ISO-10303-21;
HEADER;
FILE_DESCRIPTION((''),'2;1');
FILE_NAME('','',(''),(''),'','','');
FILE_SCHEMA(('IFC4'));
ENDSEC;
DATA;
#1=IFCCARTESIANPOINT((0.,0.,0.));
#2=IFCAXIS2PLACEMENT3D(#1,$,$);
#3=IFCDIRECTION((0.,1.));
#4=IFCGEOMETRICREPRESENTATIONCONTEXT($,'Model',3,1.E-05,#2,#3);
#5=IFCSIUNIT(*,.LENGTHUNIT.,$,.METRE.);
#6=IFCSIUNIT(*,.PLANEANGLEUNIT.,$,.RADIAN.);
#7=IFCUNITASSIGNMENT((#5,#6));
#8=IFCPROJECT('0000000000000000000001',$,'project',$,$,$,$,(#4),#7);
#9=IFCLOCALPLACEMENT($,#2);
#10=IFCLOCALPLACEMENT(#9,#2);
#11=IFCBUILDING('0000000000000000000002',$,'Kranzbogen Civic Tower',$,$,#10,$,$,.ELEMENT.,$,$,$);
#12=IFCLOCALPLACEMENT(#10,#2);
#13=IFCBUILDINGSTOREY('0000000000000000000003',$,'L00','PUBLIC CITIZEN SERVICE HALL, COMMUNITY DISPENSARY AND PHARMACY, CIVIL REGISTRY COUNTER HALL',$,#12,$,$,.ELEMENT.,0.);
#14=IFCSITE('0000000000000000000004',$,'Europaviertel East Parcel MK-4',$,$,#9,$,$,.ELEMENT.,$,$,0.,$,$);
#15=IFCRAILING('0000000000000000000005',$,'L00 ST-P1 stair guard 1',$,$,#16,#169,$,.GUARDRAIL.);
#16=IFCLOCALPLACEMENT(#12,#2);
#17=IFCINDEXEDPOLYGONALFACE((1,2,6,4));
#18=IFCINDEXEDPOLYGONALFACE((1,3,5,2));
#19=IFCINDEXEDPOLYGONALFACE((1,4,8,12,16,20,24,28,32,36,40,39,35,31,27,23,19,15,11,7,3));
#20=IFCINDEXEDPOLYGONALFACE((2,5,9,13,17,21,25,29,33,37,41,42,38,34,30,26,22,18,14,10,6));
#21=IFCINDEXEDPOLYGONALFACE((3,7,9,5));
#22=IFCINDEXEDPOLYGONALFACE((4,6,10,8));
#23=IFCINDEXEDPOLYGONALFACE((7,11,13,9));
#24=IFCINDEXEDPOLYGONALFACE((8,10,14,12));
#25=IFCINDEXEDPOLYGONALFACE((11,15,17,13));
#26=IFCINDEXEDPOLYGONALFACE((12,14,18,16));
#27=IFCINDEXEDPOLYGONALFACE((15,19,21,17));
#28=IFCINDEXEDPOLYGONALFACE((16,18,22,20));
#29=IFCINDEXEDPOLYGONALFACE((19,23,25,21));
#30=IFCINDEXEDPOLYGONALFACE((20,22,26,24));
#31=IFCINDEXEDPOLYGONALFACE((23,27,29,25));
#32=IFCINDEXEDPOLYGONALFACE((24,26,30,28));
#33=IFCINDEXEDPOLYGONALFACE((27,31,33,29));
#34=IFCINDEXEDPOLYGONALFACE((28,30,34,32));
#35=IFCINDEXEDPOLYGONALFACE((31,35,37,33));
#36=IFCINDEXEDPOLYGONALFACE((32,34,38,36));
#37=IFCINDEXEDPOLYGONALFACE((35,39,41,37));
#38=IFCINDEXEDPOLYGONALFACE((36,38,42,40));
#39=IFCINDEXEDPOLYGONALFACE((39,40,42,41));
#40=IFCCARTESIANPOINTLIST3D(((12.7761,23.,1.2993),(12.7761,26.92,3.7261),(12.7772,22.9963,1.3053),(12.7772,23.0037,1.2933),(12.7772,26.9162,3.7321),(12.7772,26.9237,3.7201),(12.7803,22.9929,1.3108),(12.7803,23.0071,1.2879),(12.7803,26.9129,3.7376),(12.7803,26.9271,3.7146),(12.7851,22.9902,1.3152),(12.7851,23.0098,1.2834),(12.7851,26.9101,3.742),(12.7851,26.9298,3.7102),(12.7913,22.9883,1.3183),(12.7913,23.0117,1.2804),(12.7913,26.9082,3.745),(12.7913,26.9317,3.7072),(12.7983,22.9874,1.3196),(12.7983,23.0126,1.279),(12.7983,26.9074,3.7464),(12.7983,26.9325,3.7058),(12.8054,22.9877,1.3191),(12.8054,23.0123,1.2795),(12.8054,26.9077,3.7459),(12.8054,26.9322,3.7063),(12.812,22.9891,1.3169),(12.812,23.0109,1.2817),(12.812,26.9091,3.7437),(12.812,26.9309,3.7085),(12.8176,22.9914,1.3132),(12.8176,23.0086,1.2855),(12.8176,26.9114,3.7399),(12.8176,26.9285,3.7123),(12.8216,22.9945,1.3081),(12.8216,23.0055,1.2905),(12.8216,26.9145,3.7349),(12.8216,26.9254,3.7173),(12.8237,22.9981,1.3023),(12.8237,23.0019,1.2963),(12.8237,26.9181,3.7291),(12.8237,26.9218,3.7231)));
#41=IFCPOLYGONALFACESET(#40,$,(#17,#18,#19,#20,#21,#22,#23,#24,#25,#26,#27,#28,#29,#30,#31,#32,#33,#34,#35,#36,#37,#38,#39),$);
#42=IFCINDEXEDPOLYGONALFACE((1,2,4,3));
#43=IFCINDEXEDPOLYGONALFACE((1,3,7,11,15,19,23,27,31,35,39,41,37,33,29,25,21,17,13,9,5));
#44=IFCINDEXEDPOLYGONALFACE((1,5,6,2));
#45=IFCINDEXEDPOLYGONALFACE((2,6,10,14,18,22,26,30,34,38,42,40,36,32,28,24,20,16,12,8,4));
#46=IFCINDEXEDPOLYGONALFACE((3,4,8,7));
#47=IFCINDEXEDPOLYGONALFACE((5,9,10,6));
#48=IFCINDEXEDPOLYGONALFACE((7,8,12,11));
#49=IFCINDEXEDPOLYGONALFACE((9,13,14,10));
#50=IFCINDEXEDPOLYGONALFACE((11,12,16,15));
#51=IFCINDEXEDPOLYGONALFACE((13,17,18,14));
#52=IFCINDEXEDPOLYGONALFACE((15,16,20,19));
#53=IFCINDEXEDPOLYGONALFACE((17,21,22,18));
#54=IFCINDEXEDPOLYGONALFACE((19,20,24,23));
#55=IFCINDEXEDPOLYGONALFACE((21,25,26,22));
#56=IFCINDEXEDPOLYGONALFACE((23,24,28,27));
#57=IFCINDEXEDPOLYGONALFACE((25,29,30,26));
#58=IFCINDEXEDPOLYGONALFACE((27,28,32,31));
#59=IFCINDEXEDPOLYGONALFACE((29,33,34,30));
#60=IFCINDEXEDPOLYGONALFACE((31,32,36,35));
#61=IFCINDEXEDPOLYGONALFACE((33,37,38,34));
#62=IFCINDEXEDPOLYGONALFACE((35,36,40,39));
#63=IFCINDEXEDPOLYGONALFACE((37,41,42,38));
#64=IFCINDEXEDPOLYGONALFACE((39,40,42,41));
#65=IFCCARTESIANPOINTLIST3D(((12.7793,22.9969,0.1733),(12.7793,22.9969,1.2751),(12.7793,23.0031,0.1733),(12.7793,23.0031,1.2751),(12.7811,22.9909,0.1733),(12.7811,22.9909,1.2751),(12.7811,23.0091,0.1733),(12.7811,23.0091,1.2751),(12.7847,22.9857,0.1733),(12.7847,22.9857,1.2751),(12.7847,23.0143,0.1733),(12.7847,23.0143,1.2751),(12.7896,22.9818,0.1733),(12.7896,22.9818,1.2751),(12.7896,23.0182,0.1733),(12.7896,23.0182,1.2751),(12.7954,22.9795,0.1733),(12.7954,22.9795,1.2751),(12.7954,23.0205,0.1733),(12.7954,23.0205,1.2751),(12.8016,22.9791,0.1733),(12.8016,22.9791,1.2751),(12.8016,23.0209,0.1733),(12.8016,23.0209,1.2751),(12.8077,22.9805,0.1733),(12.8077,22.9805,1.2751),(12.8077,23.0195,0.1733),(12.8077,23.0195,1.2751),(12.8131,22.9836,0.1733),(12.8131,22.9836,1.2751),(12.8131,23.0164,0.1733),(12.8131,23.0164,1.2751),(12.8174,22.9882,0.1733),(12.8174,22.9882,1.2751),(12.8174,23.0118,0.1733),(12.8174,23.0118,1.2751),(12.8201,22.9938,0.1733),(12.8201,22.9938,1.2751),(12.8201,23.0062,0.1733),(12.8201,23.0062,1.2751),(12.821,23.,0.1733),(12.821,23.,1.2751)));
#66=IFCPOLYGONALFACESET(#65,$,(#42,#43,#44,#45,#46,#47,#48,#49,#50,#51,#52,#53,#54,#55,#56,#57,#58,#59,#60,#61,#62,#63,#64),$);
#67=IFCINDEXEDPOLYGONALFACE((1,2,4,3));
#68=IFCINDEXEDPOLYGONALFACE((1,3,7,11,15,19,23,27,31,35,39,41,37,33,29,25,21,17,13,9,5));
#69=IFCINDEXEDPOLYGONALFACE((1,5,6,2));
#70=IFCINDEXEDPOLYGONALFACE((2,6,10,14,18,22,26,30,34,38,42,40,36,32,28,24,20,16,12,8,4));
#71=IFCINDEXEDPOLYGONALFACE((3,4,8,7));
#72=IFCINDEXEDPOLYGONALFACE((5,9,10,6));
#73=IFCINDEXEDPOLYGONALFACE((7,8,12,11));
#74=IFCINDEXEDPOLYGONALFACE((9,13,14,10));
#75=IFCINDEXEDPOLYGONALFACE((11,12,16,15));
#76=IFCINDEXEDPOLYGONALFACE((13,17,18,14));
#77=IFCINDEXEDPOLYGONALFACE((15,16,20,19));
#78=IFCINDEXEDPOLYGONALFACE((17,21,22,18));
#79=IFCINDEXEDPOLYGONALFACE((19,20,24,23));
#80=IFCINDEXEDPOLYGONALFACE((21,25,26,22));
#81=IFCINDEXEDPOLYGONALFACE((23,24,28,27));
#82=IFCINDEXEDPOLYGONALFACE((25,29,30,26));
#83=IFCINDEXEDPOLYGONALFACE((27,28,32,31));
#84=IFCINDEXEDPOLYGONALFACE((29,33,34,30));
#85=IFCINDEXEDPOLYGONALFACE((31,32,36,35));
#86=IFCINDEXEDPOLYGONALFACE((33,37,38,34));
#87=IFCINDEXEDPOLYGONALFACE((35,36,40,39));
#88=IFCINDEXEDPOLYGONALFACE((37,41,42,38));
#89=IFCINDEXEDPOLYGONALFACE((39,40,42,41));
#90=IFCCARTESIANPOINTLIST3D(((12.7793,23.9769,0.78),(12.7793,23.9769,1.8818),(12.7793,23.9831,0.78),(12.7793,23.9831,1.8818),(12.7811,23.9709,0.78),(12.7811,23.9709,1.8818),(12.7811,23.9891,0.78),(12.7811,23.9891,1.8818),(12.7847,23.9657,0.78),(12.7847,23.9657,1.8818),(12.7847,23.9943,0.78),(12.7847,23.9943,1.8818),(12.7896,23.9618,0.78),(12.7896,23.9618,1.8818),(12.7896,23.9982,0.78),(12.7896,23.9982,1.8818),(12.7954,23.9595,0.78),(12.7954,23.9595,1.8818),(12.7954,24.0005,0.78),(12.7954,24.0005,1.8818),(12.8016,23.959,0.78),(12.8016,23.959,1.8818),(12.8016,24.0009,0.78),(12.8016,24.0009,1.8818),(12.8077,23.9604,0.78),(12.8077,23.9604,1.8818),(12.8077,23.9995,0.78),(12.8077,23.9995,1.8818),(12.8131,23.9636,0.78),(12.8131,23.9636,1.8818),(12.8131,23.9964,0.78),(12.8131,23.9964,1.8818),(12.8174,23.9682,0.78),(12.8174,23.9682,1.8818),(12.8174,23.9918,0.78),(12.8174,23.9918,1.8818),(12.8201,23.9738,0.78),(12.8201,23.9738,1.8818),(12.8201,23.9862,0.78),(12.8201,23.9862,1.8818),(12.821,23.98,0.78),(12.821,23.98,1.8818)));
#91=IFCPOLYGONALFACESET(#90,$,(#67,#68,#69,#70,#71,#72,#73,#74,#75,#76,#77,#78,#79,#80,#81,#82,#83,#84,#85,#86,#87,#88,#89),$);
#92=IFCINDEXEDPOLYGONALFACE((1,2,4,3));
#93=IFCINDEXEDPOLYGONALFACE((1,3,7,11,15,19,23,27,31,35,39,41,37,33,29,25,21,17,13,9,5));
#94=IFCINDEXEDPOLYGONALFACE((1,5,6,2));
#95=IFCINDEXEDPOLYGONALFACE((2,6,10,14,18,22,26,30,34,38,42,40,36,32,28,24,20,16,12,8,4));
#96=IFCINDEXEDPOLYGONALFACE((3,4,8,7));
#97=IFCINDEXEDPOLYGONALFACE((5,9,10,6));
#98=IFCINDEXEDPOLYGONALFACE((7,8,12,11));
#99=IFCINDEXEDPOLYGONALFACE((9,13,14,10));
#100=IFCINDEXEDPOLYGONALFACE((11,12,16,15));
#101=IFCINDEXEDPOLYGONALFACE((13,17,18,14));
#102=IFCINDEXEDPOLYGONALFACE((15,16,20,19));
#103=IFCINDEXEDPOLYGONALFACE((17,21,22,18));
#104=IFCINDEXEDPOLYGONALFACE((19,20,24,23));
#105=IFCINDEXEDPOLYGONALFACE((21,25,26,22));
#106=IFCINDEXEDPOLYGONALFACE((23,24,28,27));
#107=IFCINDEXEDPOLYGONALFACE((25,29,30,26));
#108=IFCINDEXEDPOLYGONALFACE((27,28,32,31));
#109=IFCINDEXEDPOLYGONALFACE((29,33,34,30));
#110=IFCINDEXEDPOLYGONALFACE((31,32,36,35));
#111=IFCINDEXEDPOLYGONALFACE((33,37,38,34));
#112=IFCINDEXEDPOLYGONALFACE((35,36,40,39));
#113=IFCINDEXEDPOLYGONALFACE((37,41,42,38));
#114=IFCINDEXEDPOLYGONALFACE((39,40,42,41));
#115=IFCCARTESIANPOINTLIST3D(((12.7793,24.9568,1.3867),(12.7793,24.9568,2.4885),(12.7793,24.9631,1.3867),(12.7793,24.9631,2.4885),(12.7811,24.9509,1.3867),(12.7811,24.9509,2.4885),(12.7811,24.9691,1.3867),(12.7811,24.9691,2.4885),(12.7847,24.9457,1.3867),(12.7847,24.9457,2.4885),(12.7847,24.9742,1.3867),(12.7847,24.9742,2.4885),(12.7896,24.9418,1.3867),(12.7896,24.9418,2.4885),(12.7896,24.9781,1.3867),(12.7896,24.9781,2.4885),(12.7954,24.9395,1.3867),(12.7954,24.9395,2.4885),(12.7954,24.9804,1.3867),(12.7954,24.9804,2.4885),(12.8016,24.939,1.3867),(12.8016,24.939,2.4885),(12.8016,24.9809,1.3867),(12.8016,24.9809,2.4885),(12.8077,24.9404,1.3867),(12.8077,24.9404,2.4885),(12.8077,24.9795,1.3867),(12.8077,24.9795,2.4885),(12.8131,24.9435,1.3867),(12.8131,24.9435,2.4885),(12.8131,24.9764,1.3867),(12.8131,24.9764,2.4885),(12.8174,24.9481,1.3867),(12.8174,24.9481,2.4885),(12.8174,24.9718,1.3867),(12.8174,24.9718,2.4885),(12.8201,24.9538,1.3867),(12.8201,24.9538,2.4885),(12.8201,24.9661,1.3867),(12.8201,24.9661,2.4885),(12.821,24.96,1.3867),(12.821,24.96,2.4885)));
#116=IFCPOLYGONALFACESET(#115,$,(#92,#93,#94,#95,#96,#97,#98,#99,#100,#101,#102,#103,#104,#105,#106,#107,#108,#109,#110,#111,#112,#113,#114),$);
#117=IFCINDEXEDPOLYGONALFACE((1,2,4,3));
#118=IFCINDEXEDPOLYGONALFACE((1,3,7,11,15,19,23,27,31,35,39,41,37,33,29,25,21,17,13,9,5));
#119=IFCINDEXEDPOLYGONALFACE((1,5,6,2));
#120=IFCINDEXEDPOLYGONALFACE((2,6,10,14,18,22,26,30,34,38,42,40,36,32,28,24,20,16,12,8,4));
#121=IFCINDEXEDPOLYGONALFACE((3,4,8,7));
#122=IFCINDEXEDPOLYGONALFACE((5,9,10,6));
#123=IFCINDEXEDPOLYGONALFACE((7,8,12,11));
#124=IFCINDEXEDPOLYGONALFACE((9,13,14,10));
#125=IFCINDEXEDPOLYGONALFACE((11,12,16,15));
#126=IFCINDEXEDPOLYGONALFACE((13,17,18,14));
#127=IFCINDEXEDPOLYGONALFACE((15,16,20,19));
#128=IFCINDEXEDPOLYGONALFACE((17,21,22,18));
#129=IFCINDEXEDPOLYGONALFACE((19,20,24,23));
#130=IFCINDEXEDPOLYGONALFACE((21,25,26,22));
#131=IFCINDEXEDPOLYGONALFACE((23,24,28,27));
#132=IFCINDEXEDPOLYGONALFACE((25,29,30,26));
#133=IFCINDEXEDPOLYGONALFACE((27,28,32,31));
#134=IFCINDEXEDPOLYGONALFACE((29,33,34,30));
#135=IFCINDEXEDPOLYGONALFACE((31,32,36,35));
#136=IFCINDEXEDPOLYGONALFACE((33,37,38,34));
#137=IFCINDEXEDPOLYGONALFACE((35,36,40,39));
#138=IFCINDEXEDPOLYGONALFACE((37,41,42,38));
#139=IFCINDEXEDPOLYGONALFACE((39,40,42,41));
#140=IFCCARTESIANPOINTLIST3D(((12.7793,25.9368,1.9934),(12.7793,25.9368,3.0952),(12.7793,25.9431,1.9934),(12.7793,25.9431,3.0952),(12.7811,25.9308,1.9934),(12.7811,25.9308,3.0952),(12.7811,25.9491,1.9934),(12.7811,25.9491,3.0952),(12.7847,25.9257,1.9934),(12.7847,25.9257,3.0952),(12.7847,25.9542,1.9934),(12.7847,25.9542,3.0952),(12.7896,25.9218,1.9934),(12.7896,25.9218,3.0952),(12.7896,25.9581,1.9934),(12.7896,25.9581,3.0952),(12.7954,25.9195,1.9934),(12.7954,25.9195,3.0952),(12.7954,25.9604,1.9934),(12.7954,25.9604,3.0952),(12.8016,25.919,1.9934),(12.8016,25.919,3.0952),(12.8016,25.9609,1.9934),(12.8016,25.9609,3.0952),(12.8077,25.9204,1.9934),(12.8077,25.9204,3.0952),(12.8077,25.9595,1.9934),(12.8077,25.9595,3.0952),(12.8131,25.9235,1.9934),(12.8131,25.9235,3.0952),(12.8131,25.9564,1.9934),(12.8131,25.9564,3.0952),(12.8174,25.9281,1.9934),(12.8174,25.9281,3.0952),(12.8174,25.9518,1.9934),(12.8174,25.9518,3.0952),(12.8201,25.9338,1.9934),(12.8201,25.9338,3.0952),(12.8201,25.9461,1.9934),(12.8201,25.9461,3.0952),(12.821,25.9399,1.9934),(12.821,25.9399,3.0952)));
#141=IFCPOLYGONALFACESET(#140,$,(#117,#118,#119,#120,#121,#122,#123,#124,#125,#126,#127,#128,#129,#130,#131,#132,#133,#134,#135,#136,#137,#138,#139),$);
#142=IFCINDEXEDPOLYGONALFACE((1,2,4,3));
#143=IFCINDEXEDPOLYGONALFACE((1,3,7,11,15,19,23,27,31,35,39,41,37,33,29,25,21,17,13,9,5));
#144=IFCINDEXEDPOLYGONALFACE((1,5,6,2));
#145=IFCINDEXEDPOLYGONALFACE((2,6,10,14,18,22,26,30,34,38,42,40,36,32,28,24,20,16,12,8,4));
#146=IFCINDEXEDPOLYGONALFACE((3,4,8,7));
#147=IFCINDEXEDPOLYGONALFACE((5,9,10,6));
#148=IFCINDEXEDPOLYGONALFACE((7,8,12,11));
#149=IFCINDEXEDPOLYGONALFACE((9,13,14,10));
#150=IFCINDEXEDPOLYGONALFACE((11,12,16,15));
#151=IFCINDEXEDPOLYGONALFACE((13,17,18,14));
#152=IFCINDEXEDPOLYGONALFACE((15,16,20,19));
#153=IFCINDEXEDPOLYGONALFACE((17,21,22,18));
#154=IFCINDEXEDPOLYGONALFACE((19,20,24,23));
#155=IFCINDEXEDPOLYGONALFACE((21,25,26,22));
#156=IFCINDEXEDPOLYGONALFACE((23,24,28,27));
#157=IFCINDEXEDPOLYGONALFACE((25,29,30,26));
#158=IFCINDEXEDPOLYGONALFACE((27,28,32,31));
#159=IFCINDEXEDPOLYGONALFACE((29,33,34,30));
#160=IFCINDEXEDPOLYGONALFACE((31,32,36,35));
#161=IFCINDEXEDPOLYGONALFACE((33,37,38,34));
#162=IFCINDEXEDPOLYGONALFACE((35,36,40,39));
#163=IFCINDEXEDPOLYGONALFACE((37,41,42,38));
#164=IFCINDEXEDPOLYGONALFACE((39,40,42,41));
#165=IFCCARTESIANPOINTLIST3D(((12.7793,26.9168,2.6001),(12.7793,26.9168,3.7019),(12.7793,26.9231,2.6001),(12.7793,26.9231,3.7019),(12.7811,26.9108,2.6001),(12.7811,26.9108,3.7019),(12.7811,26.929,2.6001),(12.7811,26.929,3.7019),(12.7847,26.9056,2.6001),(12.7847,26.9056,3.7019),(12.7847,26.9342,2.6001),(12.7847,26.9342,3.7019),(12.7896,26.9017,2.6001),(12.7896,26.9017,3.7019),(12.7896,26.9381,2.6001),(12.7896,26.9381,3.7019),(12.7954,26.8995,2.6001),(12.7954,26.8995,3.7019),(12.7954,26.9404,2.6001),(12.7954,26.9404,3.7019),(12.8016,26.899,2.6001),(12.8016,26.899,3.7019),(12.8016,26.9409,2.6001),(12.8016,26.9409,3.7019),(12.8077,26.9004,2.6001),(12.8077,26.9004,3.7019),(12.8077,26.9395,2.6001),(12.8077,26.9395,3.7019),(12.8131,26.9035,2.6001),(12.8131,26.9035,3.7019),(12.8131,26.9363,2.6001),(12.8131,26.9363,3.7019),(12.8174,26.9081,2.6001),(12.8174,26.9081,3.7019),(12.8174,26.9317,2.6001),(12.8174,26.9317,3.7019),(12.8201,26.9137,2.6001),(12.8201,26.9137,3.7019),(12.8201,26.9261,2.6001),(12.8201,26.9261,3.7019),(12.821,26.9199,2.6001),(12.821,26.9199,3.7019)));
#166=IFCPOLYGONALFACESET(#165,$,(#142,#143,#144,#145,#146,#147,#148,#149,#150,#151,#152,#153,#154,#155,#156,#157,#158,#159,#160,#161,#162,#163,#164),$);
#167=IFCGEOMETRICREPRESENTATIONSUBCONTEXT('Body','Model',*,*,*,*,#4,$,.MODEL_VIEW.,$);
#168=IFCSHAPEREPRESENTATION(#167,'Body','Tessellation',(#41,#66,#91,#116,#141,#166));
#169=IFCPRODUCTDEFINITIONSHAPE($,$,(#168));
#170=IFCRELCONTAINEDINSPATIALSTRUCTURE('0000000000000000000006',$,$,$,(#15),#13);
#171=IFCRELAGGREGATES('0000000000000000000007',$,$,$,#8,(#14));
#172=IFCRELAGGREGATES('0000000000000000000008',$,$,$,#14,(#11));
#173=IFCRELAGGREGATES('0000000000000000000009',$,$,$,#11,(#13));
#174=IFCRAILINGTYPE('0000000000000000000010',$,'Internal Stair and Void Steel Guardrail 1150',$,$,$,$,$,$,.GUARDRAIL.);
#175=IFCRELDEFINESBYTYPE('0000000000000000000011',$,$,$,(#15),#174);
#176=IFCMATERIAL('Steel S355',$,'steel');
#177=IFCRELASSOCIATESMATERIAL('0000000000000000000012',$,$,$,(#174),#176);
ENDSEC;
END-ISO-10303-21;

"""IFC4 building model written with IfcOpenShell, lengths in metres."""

from ifc_helpers import new_model, si_unit, direction, frame, origin, origin_2d, place, context, subcontext, project, spatial, circle, extrude, material, type_object, element, save


model = new_model("IFC4")

# Units and contexts
model_context = context("Model", 3, precision=1e-05, world=origin(), true_north=direction((0.0, 1.0)))
body_context = subcontext(model_context, "Body", "Model", "MODEL_VIEW")
ifc_project = project(units=[si_unit("LENGTHUNIT", "METRE"), si_unit("PLANEANGLEUNIT", "RADIAN")], contexts=[model_context])

# Site, building, storey
site_placement = place(None, origin())
site = spatial("IfcSite", under=ifc_project, at=site_placement, Name="Europaviertel East Parcel MK-4", CompositionType="ELEMENT", RefElevation=0.0)
building_placement = place(site_placement, origin())
building = spatial("IfcBuilding", under=site, at=building_placement, Name="Kranzbogen Civic Tower", CompositionType="ELEMENT")
storey_placement = place(building_placement, origin())
storey = spatial("IfcBuildingStorey", under=building, at=storey_placement, Name="L00", Description="PUBLIC CITIZEN SERVICE HALL, COMMUNITY DISPENSARY AND PHARMACY, CIVIL REGISTRY COUNTER HALL", CompositionType="ELEMENT", Elevation=0.0)

# Shared definitions
ifc_material_1 = material(Name="Steel S355", Category="steel")

# Railing
railing_type = type_object("IfcRailingType", Name="Internal Stair and Void Steel Guardrail 1150", PredefinedType="GUARDRAIL", material=ifc_material_1)
railing_1_placement = place(storey_placement, frame((12.8, 23.0, 0.1733)))
element("IfcRailing", 1, at=railing_1_placement, inside=storey, type_object=railing_type, Name="L00 ST-P1 stair guard 1", PredefinedType="GUARDRAIL", context=body_context, shape_type="SweptSolid", body=[
    extrude(circle(Radius=0.0239, at=origin_2d()), frame((0.0, 0.0, 1.126), z_axis=(0.0, 0.850252, 0.526376), x_axis=(-1.0, 0.0, 0.0)), (0.0, 0.0, 1.0), 4.6104),
    extrude(circle(Radius=0.021, at=origin_2d()), origin(), (0.0, 0.0, 1.0), 1.1018),
    extrude(circle(Radius=0.021, at=origin_2d()), frame((0.0, 0.98, 0.6067)), (0.0, 0.0, 1.0), 1.1018),
    extrude(circle(Radius=0.021, at=origin_2d()), frame((0.0, 1.96, 1.2134)), (0.0, 0.0, 1.0), 1.1018),
    extrude(circle(Radius=0.021, at=origin_2d()), frame((0.0, 2.9399, 1.8201)), (0.0, 0.0, 1.0), 1.1018),
    extrude(circle(Radius=0.021, at=origin_2d()), frame((0.0, 3.9199, 2.4268)), (0.0, 0.0, 1.0), 1.1018),
])

save(model, "model.ifc")
